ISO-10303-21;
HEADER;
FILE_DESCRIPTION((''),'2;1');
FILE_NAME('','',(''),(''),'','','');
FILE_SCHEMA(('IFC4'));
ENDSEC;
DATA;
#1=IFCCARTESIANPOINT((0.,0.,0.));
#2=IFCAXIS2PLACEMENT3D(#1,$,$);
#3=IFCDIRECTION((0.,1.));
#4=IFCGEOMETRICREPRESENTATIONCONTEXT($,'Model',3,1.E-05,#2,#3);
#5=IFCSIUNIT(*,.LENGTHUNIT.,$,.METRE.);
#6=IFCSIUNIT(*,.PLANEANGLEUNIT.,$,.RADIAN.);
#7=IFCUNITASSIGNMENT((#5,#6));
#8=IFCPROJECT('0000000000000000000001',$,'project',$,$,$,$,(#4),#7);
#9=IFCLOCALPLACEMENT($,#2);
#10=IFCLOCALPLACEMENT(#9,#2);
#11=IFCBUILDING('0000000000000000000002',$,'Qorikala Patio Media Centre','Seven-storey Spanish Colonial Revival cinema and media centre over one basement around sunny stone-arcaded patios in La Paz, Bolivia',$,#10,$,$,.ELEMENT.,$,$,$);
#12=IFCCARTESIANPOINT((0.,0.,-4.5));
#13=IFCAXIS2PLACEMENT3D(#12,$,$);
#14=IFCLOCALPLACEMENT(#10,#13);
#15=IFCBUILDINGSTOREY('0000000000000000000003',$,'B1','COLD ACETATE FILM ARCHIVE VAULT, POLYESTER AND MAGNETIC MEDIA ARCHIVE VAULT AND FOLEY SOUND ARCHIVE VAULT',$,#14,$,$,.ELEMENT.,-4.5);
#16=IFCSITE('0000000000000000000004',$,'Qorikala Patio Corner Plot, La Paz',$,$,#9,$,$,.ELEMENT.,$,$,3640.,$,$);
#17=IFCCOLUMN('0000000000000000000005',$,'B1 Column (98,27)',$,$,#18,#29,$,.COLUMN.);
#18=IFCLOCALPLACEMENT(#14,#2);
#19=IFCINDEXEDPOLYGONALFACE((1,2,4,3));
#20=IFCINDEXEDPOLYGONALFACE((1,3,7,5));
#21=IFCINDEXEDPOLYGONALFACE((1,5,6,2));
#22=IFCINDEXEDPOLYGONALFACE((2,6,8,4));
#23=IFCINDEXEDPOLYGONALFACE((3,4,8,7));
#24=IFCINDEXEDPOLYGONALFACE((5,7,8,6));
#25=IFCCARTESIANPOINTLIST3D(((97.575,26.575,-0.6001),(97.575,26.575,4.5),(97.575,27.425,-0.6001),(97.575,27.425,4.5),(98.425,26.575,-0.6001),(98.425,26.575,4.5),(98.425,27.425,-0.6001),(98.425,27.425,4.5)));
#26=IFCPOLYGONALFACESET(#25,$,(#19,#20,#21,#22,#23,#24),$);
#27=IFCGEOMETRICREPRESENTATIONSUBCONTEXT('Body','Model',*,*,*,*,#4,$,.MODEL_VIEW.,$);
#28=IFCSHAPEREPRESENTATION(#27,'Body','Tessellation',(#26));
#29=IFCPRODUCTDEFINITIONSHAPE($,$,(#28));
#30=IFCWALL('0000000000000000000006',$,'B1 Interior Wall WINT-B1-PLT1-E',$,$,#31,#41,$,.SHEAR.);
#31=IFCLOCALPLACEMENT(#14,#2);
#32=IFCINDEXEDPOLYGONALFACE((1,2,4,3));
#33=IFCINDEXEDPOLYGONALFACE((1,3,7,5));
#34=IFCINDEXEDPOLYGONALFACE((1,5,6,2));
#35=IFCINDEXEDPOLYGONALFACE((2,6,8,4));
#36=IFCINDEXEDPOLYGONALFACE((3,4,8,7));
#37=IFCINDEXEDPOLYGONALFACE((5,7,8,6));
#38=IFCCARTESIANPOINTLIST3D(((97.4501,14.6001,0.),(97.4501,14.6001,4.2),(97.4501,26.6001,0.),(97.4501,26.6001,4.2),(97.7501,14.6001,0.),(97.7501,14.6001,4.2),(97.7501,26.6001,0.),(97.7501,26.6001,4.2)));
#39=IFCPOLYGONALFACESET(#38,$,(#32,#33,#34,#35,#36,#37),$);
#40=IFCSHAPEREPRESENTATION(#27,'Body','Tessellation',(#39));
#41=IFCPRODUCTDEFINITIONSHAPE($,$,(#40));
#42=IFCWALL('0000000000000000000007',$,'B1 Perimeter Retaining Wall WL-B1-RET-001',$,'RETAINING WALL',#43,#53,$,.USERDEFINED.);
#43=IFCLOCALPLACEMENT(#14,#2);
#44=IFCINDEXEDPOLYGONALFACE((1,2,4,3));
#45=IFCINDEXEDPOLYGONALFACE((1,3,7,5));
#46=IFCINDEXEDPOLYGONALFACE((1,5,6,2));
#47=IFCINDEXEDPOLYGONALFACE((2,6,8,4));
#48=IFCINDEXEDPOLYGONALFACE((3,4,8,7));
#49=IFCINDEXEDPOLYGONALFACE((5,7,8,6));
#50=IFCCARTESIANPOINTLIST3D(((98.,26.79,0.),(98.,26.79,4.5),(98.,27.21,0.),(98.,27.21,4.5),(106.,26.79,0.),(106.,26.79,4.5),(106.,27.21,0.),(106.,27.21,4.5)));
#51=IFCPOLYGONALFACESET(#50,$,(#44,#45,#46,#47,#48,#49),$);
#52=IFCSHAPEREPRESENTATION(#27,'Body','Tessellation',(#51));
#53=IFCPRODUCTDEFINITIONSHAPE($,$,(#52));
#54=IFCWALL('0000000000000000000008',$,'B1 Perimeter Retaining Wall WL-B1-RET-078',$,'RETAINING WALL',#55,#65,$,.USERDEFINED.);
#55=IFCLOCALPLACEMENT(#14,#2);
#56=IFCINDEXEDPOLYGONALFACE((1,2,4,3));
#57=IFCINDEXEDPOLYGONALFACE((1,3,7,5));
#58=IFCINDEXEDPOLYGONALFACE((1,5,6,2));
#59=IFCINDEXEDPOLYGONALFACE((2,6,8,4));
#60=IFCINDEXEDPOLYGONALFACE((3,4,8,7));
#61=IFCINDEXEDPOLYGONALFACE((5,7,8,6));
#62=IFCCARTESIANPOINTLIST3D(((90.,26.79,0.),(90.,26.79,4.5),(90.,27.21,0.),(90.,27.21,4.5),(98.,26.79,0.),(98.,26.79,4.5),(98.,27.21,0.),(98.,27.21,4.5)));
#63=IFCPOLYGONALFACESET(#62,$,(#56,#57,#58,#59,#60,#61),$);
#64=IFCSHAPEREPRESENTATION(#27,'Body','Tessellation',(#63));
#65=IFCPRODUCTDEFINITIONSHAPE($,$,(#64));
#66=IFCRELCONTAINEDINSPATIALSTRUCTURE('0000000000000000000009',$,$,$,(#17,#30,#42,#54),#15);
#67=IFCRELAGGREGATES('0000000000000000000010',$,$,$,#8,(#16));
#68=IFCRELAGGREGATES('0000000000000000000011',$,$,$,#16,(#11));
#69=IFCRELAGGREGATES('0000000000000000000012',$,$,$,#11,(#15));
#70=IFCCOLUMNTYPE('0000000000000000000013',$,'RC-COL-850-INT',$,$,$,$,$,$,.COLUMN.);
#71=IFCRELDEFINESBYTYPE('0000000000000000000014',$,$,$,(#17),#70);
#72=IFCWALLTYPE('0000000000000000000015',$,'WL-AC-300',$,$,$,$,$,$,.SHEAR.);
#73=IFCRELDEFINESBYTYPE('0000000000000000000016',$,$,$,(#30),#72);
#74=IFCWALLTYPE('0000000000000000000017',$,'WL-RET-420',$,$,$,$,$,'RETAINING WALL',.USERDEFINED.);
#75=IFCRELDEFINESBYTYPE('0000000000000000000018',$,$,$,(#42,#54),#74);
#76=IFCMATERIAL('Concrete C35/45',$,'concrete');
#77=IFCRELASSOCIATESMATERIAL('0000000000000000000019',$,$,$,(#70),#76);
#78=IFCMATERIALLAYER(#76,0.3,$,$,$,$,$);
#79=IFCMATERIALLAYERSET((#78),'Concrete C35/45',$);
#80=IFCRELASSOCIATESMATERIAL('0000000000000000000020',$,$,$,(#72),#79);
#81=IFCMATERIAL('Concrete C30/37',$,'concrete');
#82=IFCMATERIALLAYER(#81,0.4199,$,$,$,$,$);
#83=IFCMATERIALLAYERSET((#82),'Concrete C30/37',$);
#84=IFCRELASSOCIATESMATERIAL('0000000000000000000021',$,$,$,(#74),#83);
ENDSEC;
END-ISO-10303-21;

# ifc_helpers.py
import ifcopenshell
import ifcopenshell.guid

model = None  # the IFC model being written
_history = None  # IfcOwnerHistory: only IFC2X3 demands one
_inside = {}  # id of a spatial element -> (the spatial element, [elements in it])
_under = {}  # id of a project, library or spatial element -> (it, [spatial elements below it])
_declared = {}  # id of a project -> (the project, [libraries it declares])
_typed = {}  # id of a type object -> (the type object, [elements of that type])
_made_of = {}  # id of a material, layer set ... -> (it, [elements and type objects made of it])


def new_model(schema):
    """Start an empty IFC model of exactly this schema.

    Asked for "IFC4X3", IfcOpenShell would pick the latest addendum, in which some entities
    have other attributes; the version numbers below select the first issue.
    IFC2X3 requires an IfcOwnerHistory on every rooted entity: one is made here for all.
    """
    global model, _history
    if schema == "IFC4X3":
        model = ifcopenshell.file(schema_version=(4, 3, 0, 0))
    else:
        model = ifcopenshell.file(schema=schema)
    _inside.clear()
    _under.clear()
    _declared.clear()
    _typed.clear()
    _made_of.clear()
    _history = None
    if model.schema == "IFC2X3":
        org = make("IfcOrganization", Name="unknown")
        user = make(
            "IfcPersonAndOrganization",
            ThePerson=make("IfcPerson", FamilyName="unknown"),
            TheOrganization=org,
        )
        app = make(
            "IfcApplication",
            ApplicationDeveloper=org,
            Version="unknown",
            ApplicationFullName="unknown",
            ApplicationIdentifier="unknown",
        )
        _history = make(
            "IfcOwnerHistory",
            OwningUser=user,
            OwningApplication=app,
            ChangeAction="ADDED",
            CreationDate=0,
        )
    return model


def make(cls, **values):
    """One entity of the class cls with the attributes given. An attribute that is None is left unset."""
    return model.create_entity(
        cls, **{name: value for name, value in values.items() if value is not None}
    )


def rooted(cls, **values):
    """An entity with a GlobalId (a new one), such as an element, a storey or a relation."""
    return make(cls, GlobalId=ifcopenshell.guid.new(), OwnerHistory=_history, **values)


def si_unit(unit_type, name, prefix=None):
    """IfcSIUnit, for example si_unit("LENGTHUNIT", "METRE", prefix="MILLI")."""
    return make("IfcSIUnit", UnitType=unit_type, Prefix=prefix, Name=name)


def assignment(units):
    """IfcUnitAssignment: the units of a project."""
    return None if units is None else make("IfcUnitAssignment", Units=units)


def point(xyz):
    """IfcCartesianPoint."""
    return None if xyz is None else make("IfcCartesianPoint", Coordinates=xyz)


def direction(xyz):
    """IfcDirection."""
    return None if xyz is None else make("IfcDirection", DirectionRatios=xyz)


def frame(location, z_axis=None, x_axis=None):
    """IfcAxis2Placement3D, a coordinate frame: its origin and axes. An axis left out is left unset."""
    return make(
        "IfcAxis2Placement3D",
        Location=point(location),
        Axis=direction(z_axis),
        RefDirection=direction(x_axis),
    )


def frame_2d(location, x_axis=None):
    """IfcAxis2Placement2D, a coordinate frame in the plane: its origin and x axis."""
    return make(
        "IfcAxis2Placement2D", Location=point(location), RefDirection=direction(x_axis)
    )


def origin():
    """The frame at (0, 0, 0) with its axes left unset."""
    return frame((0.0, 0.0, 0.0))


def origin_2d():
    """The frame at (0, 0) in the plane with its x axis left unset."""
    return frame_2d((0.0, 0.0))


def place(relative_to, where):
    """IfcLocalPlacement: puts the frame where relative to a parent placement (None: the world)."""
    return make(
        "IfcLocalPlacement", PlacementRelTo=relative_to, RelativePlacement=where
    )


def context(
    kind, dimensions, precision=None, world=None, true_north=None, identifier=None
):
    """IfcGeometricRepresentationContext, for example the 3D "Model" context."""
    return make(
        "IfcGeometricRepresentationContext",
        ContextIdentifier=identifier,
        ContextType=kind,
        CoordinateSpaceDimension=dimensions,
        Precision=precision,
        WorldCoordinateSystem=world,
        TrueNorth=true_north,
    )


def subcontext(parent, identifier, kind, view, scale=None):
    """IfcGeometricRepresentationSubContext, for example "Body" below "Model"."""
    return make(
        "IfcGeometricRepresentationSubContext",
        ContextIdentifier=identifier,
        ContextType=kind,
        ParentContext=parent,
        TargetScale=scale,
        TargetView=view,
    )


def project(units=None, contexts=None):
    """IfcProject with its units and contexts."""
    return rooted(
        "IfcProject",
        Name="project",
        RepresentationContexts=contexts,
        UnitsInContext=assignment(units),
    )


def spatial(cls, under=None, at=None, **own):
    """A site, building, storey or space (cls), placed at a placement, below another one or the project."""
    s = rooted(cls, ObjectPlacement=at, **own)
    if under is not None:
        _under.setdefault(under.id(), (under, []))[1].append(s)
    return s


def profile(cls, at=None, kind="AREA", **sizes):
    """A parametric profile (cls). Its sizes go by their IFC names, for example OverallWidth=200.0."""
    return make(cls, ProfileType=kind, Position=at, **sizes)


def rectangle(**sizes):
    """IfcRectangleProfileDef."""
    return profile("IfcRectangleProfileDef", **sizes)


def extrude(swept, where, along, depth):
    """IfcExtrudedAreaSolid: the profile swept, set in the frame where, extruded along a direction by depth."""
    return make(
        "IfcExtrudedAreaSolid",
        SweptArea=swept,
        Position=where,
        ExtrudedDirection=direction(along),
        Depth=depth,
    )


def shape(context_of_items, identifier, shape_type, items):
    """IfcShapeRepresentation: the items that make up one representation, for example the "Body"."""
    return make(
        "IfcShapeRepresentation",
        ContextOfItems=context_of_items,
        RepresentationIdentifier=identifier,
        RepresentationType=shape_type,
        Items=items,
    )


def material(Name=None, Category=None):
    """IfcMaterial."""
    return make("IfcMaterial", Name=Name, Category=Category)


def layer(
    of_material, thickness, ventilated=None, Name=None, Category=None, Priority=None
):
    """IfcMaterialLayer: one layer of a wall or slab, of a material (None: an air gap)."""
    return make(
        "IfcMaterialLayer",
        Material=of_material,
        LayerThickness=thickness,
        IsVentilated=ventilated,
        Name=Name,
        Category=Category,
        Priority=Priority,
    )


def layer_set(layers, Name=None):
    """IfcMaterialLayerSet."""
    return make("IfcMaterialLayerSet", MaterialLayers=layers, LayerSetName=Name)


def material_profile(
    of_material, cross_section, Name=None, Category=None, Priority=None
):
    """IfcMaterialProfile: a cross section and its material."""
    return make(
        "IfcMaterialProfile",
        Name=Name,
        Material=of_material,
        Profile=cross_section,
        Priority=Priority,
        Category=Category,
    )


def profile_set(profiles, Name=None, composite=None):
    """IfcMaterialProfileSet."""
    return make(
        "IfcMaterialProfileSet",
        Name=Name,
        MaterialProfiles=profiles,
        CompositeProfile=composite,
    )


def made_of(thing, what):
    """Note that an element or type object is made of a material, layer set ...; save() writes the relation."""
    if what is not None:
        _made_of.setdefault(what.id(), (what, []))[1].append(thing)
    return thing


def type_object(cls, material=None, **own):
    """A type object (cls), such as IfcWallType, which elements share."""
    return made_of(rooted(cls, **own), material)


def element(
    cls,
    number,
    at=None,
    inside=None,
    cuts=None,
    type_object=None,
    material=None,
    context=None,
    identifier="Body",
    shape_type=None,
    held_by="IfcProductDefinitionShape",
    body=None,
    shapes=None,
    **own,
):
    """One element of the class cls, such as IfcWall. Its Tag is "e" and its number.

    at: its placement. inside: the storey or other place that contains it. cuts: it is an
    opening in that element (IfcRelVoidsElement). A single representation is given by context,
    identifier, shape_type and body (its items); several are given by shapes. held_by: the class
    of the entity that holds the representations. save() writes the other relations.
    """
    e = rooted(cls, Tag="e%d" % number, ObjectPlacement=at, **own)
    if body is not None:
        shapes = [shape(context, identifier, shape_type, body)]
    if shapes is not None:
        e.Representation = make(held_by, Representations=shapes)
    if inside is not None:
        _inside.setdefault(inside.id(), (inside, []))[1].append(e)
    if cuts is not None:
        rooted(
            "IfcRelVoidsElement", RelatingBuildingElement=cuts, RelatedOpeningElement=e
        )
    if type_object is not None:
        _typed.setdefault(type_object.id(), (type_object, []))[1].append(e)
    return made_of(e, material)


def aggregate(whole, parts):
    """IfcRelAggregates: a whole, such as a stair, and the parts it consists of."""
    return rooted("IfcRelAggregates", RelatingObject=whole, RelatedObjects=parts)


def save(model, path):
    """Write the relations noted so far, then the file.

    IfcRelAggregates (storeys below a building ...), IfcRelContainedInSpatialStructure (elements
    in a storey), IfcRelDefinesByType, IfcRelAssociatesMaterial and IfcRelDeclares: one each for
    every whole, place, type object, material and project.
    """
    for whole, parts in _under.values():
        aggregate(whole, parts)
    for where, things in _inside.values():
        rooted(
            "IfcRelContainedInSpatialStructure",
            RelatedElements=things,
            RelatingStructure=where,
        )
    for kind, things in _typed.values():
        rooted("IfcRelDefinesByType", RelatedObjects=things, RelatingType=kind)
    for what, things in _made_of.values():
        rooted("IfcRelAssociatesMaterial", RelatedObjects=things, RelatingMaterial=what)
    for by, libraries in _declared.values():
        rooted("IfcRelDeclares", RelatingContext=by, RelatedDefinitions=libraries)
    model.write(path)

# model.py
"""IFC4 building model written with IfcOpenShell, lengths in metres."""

from ifc_helpers import new_model, si_unit, direction, frame, frame_2d, origin, origin_2d, place, context, subcontext, project, spatial, rectangle, extrude, material, layer, layer_set, material_profile, profile_set, type_object, element, save


model = new_model("IFC4")

# Units and contexts
model_context = context("Model", 3, precision=1e-05, world=origin(), true_north=direction((0.0, 1.0)))
body_context = subcontext(model_context, "Body", "Model", "MODEL_VIEW")
ifc_project = project(units=[si_unit("LENGTHUNIT", "METRE"), si_unit("PLANEANGLEUNIT", "RADIAN")], contexts=[model_context])

# Site, building, storey
site_placement = place(None, origin())
site = spatial("IfcSite", under=ifc_project, at=site_placement, Name="Qorikala Patio Corner Plot, La Paz", CompositionType="ELEMENT", RefElevation=3640.0)
building_placement = place(site_placement, origin())
building = spatial("IfcBuilding", under=site, at=building_placement, Name="Qorikala Patio Media Centre", Description="Seven-storey Spanish Colonial Revival cinema and media centre over one basement around sunny stone-arcaded patios in La Paz, Bolivia", CompositionType="ELEMENT")
storey_placement = place(building_placement, frame((0.0, 0.0, -4.5)))
storey = spatial("IfcBuildingStorey", under=building, at=storey_placement, Name="B1", Description="COLD ACETATE FILM ARCHIVE VAULT, POLYESTER AND MAGNETIC MEDIA ARCHIVE VAULT AND FOLEY SOUND ARCHIVE VAULT", CompositionType="ELEMENT", Elevation=-4.5)

# Shared definitions
ifc_material_1 = material(Name="Concrete C30/37", Category="concrete")

# Column
ifc_material_2 = material(Name="Concrete C35/45", Category="concrete")
ifc_material_profile_1 = material_profile(ifc_material_2, rectangle(XDim=0.8501, YDim=0.8501, at=origin_2d()), Name="RC 850x850")
ifc_profile_set_1 = profile_set([ifc_material_profile_1], Name="Concrete C35/45")
column_type = type_object("IfcColumnType", Name="RC-COL-850-INT", PredefinedType="COLUMN", material=ifc_profile_set_1)
for number, where, z_axis, x_axis, name in (
    (1, (98.0, 27.0, -0.6001), (0.0, 0.0, 1.0), (1.0, 0.0, 0.0), "B1 Column (98,27)"),
):
    element("IfcColumn", number, at=place(storey_placement, frame(where, z_axis=z_axis, x_axis=x_axis)), inside=storey, type_object=column_type, Name=name, PredefinedType="COLUMN", context=body_context, shape_type="SweptSolid", body=[
        extrude(rectangle(XDim=0.8501, YDim=0.8501, at=origin_2d()), origin(), (0.0, 0.0, 1.0), 5.1001),
    ])

# Walls
ifc_layer_1 = layer(ifc_material_2, 0.3)
ifc_layer_set_1 = layer_set([ifc_layer_1], Name="Concrete C35/45")
wall_type_1 = type_object("IfcWallType", Name="WL-AC-300", PredefinedType="SHEAR", material=ifc_layer_set_1)
wall_placement = place(storey_placement, frame((97.6001, 14.6001, 0.0), z_axis=(0.0, 0.0, 1.0), x_axis=(0.0, 1.0, 0.0)))
element("IfcWall", 2, at=wall_placement, inside=storey, type_object=wall_type_1, Name="B1 Interior Wall WINT-B1-PLT1-E", PredefinedType="SHEAR", context=body_context, shape_type="SweptSolid", body=[
    extrude(rectangle(XDim=12.0, YDim=0.3, at=frame_2d((6.0, 0.0))), origin(), (0.0, 0.0, 1.0), 4.2),
])
ifc_layer_2 = layer(ifc_material_1, 0.4199)
ifc_layer_set_2 = layer_set([ifc_layer_2], Name="Concrete C30/37")
wall_type_2 = type_object("IfcWallType", Name="WL-RET-420", ElementType="RETAINING WALL", PredefinedType="USERDEFINED", material=ifc_layer_set_2)
for number, where, z_axis, x_axis, name in (
    (3, (98.0, 27.0, 0.0), (0.0, 0.0, 1.0), (1.0, 0.0, 0.0), "B1 Perimeter Retaining Wall WL-B1-RET-001"),
    (4, (90.0, 27.0, 0.0), (0.0, 0.0, 1.0), (1.0, 0.0, 0.0), "B1 Perimeter Retaining Wall WL-B1-RET-078"),
):
    element("IfcWall", number, at=place(storey_placement, frame(where, z_axis=z_axis, x_axis=x_axis)), inside=storey, type_object=wall_type_2, Name=name, ObjectType="RETAINING WALL", PredefinedType="USERDEFINED", context=body_context, shape_type="SweptSolid", body=[
        extrude(rectangle(XDim=8.0, YDim=0.4199, at=frame_2d((4.0, 0.0))), origin(), (0.0, 0.0, 1.0), 4.5),
    ])

save(model, "model.ifc")
